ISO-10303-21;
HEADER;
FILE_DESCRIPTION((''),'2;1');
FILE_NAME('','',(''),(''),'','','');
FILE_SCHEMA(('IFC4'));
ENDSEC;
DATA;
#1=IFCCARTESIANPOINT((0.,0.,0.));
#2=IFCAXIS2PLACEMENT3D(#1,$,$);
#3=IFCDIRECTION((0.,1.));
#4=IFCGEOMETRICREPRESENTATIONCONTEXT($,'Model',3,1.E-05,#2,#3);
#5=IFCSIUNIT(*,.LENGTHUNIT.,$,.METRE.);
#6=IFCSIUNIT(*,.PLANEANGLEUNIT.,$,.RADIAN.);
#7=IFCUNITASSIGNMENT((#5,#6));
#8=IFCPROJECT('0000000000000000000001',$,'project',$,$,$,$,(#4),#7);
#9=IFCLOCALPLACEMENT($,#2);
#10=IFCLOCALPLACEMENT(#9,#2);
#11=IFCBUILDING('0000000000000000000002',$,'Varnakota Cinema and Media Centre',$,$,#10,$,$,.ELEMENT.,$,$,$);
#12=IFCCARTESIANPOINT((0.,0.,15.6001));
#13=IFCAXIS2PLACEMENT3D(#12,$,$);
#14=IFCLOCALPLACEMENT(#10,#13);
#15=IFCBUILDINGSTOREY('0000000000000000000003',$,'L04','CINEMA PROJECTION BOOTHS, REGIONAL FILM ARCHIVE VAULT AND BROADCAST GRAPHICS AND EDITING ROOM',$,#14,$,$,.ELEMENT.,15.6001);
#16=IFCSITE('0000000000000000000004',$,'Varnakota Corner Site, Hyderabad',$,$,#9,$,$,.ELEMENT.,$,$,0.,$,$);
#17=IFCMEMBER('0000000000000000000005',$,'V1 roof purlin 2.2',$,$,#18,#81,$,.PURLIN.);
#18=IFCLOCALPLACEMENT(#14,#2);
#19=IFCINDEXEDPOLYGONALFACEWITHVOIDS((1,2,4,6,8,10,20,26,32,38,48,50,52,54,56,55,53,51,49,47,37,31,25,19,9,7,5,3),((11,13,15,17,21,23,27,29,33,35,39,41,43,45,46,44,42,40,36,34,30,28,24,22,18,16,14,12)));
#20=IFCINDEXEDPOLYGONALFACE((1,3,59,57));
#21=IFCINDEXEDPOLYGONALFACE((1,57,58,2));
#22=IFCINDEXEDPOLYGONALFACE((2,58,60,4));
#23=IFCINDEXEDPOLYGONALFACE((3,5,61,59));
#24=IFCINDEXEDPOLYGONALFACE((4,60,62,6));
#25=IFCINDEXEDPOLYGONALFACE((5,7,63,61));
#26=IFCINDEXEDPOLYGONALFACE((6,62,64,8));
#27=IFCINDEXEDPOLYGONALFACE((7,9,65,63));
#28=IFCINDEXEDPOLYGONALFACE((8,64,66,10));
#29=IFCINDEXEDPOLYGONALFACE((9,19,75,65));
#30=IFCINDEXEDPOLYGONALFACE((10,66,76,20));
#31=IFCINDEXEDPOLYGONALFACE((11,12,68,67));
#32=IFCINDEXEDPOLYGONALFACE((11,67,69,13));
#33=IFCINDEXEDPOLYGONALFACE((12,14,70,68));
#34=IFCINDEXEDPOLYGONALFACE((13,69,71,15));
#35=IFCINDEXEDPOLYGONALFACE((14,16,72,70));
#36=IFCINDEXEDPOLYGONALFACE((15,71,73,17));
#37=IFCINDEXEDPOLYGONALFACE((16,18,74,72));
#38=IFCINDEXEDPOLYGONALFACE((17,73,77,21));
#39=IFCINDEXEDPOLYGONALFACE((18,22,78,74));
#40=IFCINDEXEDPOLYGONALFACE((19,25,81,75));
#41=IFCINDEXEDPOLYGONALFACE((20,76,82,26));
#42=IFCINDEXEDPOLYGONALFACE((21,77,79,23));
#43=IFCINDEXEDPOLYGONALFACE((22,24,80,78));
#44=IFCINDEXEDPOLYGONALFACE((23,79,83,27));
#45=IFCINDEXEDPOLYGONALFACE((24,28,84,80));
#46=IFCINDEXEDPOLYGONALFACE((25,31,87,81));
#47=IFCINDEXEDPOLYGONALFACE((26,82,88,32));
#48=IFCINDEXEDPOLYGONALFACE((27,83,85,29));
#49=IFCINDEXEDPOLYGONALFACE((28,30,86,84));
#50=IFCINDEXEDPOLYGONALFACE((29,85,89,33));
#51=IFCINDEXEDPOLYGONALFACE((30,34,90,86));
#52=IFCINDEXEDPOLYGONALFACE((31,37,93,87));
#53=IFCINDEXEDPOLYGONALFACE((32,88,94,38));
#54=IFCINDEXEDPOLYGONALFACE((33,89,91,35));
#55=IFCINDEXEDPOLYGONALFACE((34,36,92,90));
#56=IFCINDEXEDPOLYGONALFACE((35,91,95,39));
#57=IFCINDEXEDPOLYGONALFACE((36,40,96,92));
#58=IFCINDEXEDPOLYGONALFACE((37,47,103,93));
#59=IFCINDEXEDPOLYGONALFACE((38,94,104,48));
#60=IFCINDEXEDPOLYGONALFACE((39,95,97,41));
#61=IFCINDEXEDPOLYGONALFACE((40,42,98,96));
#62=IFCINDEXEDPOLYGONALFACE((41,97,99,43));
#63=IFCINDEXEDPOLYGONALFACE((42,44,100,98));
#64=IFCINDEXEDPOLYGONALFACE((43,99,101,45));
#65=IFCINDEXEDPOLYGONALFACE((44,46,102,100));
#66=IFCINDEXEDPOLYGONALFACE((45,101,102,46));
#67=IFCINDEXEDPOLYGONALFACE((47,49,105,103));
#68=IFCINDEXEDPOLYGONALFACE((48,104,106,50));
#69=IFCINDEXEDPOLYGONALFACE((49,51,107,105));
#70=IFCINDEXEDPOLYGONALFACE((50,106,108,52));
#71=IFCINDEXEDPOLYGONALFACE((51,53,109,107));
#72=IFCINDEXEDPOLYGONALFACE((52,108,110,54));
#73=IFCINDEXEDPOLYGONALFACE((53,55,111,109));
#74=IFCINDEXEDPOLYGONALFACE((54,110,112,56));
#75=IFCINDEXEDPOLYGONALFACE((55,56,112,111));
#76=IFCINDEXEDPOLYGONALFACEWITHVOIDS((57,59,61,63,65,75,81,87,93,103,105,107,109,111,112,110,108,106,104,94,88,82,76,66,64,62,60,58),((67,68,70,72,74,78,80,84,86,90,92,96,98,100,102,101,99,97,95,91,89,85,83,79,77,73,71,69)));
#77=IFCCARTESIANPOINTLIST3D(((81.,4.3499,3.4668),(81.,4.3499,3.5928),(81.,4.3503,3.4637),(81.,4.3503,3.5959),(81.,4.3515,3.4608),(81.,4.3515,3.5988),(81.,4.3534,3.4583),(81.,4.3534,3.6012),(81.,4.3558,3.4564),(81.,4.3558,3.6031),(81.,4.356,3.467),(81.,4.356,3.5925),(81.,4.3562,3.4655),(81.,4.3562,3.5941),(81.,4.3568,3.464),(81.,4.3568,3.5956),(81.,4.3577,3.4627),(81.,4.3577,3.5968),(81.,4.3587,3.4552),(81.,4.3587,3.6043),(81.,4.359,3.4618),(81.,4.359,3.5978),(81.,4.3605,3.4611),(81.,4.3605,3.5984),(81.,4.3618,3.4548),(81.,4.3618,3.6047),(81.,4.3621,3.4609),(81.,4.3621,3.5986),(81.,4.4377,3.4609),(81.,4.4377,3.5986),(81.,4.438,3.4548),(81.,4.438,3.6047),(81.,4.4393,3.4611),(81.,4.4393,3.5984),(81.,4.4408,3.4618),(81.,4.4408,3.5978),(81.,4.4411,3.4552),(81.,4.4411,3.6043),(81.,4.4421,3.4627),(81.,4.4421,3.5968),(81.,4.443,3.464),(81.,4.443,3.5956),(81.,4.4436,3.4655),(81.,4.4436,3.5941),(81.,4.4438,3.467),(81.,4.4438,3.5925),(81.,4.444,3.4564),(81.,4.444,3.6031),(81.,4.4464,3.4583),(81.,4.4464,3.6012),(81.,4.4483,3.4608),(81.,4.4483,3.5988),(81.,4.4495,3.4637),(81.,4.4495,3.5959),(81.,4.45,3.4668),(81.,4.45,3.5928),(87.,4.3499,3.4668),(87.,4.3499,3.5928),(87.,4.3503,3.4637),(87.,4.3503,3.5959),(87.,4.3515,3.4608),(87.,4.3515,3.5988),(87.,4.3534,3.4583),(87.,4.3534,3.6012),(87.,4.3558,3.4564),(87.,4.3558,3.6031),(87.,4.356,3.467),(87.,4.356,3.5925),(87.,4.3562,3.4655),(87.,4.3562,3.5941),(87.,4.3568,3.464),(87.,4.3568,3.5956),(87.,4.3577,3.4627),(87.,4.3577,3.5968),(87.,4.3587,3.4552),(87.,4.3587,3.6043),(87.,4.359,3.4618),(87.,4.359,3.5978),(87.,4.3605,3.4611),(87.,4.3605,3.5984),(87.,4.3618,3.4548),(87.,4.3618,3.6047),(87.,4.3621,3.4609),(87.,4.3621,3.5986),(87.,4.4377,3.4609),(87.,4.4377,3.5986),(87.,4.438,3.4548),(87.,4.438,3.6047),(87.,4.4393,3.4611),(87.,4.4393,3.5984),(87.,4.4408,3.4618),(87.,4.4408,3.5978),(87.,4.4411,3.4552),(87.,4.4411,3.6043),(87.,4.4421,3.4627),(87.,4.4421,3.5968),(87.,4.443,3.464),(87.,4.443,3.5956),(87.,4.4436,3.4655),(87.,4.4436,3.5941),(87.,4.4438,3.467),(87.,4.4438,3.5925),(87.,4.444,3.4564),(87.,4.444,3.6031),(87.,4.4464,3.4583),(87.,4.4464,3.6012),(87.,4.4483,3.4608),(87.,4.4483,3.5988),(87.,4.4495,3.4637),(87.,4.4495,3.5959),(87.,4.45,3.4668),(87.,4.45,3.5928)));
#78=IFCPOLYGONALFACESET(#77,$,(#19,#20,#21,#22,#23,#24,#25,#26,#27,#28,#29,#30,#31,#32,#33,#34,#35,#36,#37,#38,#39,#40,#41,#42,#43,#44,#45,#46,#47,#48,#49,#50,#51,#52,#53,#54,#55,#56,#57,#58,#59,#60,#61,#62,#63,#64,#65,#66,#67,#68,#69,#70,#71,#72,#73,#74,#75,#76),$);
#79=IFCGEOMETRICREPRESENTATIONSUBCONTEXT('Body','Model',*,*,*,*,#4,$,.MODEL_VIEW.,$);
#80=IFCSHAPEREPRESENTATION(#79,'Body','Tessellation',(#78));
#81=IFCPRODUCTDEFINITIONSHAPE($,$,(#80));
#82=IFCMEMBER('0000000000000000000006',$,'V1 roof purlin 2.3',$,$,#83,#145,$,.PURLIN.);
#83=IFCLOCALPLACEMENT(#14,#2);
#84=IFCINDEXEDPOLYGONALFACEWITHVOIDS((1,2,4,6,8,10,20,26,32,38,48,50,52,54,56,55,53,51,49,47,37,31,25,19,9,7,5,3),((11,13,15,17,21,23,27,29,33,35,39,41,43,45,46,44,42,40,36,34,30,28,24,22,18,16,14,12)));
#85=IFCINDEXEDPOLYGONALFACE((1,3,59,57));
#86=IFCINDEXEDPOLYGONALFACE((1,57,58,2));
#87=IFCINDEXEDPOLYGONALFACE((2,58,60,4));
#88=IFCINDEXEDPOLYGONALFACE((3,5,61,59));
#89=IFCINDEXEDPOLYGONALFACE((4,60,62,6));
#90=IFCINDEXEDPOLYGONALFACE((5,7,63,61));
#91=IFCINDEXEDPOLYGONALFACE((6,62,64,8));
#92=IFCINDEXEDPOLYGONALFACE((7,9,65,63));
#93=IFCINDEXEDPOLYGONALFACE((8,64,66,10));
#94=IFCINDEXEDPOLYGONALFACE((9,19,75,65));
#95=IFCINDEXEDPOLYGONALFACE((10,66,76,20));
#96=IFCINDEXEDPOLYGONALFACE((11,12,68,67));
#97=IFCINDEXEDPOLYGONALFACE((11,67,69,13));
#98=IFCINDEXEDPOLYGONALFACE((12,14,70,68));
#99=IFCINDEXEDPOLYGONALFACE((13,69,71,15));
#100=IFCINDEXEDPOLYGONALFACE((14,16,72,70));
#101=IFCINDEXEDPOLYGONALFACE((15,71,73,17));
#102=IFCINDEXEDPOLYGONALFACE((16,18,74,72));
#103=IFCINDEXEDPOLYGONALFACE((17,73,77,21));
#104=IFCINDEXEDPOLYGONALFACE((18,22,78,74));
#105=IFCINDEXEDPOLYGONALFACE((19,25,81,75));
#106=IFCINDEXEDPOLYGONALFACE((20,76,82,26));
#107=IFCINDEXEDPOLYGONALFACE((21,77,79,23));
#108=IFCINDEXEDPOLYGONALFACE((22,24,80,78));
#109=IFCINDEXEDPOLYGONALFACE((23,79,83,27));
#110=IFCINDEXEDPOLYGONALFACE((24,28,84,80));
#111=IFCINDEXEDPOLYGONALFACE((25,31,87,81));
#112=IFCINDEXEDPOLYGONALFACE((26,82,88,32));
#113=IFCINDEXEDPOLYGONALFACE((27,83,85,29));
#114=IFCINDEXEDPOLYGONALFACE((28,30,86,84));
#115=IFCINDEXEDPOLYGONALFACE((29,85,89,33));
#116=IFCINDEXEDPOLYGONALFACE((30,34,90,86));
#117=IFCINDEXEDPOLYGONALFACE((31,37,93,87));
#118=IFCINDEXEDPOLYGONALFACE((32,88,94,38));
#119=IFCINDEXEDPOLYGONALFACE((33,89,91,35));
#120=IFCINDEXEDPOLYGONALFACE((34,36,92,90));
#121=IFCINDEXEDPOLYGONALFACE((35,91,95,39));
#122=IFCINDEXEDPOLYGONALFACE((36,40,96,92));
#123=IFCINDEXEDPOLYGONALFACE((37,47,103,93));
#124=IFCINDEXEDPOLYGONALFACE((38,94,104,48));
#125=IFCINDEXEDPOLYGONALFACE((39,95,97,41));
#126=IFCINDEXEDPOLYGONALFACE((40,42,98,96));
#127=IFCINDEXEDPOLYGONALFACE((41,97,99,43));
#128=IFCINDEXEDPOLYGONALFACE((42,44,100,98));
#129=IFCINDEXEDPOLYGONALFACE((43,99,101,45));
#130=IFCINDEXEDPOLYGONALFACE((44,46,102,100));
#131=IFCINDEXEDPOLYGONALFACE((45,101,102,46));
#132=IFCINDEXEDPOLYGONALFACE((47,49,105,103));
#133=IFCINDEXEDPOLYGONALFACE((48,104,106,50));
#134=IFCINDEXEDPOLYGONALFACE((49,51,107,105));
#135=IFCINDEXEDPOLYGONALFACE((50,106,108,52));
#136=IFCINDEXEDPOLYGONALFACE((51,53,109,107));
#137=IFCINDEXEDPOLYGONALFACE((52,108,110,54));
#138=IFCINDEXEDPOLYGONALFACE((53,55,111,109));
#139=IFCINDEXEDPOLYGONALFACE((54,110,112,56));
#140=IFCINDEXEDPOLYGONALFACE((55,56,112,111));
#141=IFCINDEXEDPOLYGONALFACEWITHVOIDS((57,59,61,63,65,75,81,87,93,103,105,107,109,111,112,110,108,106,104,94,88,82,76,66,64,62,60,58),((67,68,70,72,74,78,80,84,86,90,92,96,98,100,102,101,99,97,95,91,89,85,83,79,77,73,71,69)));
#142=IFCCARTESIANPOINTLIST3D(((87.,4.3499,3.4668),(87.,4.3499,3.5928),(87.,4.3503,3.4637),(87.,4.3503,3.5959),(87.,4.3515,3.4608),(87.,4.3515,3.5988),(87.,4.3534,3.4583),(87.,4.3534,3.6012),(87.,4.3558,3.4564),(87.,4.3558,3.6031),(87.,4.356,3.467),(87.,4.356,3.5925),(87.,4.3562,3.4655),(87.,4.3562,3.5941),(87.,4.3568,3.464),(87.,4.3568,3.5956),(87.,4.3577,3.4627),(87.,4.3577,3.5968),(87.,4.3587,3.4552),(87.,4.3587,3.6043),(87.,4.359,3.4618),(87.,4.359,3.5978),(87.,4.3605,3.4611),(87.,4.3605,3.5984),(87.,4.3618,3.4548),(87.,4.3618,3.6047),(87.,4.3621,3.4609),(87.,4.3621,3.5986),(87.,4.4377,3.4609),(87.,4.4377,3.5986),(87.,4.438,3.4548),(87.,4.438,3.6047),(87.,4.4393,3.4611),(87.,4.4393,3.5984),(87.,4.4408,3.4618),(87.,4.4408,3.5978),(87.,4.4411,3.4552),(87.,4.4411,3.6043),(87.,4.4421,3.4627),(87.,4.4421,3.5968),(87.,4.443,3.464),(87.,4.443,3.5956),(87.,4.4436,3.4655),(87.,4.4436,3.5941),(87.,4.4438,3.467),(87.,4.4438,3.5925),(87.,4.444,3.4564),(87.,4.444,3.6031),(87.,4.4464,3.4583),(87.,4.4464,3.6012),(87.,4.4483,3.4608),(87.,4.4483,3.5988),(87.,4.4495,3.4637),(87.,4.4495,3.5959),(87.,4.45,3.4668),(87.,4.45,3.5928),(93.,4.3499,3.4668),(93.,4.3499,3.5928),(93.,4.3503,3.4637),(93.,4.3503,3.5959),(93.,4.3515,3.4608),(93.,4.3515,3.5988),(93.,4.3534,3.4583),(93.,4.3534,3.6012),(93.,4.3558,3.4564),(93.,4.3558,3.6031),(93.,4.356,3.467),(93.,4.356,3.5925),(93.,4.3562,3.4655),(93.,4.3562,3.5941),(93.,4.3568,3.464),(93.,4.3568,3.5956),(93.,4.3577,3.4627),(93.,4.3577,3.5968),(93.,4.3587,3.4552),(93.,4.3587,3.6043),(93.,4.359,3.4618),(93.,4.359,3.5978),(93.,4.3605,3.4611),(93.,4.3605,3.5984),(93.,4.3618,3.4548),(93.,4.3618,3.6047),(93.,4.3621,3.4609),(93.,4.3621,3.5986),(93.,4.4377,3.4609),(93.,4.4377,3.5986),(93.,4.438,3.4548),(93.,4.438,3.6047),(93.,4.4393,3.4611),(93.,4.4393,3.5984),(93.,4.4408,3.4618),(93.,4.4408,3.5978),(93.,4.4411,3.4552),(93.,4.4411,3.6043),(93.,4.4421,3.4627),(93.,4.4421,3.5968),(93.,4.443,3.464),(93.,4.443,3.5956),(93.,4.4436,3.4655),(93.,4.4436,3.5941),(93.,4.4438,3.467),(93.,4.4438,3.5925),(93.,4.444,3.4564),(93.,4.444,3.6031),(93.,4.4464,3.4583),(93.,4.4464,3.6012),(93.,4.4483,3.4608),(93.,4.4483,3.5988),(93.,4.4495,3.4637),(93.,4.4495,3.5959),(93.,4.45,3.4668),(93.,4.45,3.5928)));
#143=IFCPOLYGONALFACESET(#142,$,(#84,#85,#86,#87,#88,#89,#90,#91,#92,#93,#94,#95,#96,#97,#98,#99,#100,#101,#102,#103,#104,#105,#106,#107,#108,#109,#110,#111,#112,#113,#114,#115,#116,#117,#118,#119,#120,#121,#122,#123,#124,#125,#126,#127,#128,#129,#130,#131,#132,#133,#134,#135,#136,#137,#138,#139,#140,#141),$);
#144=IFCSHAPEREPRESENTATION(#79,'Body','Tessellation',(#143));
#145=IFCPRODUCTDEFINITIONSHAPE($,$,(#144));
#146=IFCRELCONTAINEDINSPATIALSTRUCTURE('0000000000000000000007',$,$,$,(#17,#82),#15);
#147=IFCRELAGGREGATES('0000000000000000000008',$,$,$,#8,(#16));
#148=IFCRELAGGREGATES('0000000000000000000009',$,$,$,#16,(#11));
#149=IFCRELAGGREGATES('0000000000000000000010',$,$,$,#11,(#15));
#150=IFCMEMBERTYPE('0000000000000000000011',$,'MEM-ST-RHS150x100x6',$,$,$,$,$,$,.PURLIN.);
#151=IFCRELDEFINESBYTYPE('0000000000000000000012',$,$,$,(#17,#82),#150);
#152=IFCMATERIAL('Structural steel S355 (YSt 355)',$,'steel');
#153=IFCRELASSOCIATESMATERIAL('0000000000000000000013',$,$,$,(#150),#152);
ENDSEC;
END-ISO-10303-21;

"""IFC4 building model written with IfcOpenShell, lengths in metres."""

from ifc_helpers import new_model, si_unit, direction, frame, origin, origin_2d, place, context, subcontext, project, spatial, hollow_rectangle, extrude, material, material_profile, profile_set, type_object, element, save


model = new_model("IFC4")

# Units and contexts
model_context = context("Model", 3, precision=1e-05, world=origin(), true_north=direction((0.0, 1.0)))
body_context = subcontext(model_context, "Body", "Model", "MODEL_VIEW")
ifc_project = project(units=[si_unit("LENGTHUNIT", "METRE"), si_unit("PLANEANGLEUNIT", "RADIAN")], contexts=[model_context])

# Site, building, storey
site_placement = place(None, origin())
site = spatial("IfcSite", under=ifc_project, at=site_placement, Name="Varnakota Corner Site, Hyderabad", CompositionType="ELEMENT", RefElevation=0.0)
building_placement = place(site_placement, origin())
building = spatial("IfcBuilding", under=site, at=building_placement, Name="Varnakota Cinema and Media Centre", CompositionType="ELEMENT")
storey_placement = place(building_placement, frame((0.0, 0.0, 15.6001)))
storey = spatial("IfcBuildingStorey", under=building, at=storey_placement, Name="L04", Description="CINEMA PROJECTION BOOTHS, REGIONAL FILM ARCHIVE VAULT AND BROADCAST GRAPHICS AND EDITING ROOM", CompositionType="ELEMENT", Elevation=15.6001)

# Members
ifc_material_1 = material(Name="Structural steel S355 (YSt 355)", Category="steel")
ifc_material_profile_1 = material_profile(ifc_material_1, hollow_rectangle(XDim=0.1001, YDim=0.1499, WallThickness=0.0061, InnerFilletRadius=0.0061, OuterFilletRadius=0.012, at=origin_2d()), Name="RHS 150x100x6")
ifc_profile_set_1 = profile_set([ifc_material_profile_1], Name="Structural steel S355 (YSt 355)")
member_type_1 = type_object("IfcMemberType", Name="MEM-ST-RHS150x100x6", PredefinedType="PURLIN", material=ifc_profile_set_1)
for number, where, z_axis, x_axis, name in (
    (1, (81.0, 4.3999, 3.5298), (1.0, 0.0, 0.0), (0.0, 1.0, 0.0), "V1 roof purlin 2.2"),
    (2, (87.0, 4.3999, 3.5298), (1.0, 0.0, 0.0), (0.0, 1.0, 0.0), "V1 roof purlin 2.3"),
):
    element("IfcMember", number, at=place(storey_placement, frame(where, z_axis=z_axis, x_axis=x_axis)), inside=storey, type_object=member_type_1, Name=name, PredefinedType="PURLIN", context=body_context, shape_type="SweptSolid", body=[
        extrude(hollow_rectangle(XDim=0.1001, YDim=0.1499, WallThickness=0.0061, InnerFilletRadius=0.0061, OuterFilletRadius=0.012, at=origin_2d()), origin(), (0.0, 0.0, 1.0), 6.0),
    ])

save(model, "model.ifc")
